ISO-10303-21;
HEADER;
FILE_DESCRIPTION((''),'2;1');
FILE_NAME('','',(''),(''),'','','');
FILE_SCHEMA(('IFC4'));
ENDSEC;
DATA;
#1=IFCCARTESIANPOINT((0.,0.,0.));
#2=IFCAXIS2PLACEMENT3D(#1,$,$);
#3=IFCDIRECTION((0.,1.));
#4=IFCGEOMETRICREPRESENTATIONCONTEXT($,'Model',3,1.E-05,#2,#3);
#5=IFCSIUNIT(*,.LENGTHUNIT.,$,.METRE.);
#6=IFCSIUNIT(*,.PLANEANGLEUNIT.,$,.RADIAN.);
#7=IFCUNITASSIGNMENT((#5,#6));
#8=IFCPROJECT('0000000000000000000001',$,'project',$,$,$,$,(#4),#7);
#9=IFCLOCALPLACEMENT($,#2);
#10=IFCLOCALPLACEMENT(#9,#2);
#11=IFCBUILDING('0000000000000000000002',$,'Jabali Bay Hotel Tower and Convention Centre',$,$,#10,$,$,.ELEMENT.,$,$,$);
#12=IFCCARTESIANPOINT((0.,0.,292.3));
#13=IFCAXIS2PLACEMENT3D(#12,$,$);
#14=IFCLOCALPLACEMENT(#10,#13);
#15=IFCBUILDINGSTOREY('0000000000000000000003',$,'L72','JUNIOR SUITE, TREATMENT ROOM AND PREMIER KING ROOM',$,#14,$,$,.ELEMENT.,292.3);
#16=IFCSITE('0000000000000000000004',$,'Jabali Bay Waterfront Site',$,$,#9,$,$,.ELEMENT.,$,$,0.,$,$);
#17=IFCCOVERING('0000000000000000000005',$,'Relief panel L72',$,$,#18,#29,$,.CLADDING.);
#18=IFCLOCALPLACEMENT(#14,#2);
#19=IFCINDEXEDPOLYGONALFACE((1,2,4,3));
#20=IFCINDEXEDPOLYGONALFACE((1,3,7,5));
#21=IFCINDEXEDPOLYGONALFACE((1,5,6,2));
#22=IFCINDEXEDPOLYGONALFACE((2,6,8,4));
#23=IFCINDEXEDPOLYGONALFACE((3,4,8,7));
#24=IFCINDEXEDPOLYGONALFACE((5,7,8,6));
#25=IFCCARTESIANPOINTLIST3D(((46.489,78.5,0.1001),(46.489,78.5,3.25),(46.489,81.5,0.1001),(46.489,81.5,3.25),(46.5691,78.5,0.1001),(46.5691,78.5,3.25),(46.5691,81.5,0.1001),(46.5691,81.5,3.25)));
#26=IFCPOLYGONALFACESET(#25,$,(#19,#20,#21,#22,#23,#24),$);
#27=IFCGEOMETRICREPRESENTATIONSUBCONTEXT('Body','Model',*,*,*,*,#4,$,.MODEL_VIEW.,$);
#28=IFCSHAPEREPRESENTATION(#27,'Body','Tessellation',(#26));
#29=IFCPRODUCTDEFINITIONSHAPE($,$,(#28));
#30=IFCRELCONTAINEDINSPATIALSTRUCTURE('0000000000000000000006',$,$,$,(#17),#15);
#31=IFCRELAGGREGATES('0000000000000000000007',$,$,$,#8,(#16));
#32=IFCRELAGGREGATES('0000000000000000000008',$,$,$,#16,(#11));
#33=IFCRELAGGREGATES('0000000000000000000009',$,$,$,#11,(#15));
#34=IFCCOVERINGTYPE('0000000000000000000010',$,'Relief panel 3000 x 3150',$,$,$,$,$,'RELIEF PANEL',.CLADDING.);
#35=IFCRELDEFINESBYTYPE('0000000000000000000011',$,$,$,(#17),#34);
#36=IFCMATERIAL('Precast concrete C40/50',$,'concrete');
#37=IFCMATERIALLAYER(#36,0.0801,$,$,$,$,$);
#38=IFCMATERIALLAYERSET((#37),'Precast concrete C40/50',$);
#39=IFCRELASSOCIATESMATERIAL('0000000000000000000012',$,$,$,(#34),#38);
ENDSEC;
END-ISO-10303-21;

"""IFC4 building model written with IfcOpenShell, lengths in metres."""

from ifc_helpers import new_model, si_unit, direction, frame, origin, origin_2d, place, context, subcontext, project, spatial, rectangle, extrude, material, layer, layer_set, type_object, element, save


model = new_model("IFC4")

# Units and contexts
model_context = context("Model", 3, precision=1e-05, world=origin(), true_north=direction((0.0, 1.0)))
body_context = subcontext(model_context, "Body", "Model", "MODEL_VIEW")
ifc_project = project(units=[si_unit("LENGTHUNIT", "METRE"), si_unit("PLANEANGLEUNIT", "RADIAN")], contexts=[model_context])

# Site, building, storey
site_placement = place(None, origin())
site = spatial("IfcSite", under=ifc_project, at=site_placement, Name="Jabali Bay Waterfront Site", CompositionType="ELEMENT", RefElevation=0.0)
building_placement = place(site_placement, origin())
building = spatial("IfcBuilding", under=site, at=building_placement, Name="Jabali Bay Hotel Tower and Convention Centre", CompositionType="ELEMENT")
storey_placement = place(building_placement, frame((0.0, 0.0, 292.3)))
storey = spatial("IfcBuildingStorey", under=building, at=storey_placement, Name="L72", Description="JUNIOR SUITE, TREATMENT ROOM AND PREMIER KING ROOM", CompositionType="ELEMENT", Elevation=292.3)

# Covering
ifc_material_1 = material(Name="Precast concrete C40/50", Category="concrete")
ifc_layer_1 = layer(ifc_material_1, 0.0801)
ifc_layer_set_1 = layer_set([ifc_layer_1], Name="Precast concrete C40/50")
covering_type = type_object("IfcCoveringType", Name="Relief panel 3000 x 3150", ElementType="RELIEF PANEL", PredefinedType="CLADDING", material=ifc_layer_set_1)
covering_placement = place(storey_placement, frame((46.5291, 80.0, 0.1001), z_axis=(0.0, 0.0, 1.0), x_axis=(0.0, 1.0, 0.0)))
element("IfcCovering", 1, at=covering_placement, inside=storey, type_object=covering_type, Name="Relief panel L72", PredefinedType="CLADDING", context=body_context, shape_type="SweptSolid", body=[
    extrude(rectangle(XDim=3.0, YDim=0.0801, at=origin_2d()), origin(), (0.0, 0.0, 1.0), 3.1499),
])

save(model, "model.ifc")
